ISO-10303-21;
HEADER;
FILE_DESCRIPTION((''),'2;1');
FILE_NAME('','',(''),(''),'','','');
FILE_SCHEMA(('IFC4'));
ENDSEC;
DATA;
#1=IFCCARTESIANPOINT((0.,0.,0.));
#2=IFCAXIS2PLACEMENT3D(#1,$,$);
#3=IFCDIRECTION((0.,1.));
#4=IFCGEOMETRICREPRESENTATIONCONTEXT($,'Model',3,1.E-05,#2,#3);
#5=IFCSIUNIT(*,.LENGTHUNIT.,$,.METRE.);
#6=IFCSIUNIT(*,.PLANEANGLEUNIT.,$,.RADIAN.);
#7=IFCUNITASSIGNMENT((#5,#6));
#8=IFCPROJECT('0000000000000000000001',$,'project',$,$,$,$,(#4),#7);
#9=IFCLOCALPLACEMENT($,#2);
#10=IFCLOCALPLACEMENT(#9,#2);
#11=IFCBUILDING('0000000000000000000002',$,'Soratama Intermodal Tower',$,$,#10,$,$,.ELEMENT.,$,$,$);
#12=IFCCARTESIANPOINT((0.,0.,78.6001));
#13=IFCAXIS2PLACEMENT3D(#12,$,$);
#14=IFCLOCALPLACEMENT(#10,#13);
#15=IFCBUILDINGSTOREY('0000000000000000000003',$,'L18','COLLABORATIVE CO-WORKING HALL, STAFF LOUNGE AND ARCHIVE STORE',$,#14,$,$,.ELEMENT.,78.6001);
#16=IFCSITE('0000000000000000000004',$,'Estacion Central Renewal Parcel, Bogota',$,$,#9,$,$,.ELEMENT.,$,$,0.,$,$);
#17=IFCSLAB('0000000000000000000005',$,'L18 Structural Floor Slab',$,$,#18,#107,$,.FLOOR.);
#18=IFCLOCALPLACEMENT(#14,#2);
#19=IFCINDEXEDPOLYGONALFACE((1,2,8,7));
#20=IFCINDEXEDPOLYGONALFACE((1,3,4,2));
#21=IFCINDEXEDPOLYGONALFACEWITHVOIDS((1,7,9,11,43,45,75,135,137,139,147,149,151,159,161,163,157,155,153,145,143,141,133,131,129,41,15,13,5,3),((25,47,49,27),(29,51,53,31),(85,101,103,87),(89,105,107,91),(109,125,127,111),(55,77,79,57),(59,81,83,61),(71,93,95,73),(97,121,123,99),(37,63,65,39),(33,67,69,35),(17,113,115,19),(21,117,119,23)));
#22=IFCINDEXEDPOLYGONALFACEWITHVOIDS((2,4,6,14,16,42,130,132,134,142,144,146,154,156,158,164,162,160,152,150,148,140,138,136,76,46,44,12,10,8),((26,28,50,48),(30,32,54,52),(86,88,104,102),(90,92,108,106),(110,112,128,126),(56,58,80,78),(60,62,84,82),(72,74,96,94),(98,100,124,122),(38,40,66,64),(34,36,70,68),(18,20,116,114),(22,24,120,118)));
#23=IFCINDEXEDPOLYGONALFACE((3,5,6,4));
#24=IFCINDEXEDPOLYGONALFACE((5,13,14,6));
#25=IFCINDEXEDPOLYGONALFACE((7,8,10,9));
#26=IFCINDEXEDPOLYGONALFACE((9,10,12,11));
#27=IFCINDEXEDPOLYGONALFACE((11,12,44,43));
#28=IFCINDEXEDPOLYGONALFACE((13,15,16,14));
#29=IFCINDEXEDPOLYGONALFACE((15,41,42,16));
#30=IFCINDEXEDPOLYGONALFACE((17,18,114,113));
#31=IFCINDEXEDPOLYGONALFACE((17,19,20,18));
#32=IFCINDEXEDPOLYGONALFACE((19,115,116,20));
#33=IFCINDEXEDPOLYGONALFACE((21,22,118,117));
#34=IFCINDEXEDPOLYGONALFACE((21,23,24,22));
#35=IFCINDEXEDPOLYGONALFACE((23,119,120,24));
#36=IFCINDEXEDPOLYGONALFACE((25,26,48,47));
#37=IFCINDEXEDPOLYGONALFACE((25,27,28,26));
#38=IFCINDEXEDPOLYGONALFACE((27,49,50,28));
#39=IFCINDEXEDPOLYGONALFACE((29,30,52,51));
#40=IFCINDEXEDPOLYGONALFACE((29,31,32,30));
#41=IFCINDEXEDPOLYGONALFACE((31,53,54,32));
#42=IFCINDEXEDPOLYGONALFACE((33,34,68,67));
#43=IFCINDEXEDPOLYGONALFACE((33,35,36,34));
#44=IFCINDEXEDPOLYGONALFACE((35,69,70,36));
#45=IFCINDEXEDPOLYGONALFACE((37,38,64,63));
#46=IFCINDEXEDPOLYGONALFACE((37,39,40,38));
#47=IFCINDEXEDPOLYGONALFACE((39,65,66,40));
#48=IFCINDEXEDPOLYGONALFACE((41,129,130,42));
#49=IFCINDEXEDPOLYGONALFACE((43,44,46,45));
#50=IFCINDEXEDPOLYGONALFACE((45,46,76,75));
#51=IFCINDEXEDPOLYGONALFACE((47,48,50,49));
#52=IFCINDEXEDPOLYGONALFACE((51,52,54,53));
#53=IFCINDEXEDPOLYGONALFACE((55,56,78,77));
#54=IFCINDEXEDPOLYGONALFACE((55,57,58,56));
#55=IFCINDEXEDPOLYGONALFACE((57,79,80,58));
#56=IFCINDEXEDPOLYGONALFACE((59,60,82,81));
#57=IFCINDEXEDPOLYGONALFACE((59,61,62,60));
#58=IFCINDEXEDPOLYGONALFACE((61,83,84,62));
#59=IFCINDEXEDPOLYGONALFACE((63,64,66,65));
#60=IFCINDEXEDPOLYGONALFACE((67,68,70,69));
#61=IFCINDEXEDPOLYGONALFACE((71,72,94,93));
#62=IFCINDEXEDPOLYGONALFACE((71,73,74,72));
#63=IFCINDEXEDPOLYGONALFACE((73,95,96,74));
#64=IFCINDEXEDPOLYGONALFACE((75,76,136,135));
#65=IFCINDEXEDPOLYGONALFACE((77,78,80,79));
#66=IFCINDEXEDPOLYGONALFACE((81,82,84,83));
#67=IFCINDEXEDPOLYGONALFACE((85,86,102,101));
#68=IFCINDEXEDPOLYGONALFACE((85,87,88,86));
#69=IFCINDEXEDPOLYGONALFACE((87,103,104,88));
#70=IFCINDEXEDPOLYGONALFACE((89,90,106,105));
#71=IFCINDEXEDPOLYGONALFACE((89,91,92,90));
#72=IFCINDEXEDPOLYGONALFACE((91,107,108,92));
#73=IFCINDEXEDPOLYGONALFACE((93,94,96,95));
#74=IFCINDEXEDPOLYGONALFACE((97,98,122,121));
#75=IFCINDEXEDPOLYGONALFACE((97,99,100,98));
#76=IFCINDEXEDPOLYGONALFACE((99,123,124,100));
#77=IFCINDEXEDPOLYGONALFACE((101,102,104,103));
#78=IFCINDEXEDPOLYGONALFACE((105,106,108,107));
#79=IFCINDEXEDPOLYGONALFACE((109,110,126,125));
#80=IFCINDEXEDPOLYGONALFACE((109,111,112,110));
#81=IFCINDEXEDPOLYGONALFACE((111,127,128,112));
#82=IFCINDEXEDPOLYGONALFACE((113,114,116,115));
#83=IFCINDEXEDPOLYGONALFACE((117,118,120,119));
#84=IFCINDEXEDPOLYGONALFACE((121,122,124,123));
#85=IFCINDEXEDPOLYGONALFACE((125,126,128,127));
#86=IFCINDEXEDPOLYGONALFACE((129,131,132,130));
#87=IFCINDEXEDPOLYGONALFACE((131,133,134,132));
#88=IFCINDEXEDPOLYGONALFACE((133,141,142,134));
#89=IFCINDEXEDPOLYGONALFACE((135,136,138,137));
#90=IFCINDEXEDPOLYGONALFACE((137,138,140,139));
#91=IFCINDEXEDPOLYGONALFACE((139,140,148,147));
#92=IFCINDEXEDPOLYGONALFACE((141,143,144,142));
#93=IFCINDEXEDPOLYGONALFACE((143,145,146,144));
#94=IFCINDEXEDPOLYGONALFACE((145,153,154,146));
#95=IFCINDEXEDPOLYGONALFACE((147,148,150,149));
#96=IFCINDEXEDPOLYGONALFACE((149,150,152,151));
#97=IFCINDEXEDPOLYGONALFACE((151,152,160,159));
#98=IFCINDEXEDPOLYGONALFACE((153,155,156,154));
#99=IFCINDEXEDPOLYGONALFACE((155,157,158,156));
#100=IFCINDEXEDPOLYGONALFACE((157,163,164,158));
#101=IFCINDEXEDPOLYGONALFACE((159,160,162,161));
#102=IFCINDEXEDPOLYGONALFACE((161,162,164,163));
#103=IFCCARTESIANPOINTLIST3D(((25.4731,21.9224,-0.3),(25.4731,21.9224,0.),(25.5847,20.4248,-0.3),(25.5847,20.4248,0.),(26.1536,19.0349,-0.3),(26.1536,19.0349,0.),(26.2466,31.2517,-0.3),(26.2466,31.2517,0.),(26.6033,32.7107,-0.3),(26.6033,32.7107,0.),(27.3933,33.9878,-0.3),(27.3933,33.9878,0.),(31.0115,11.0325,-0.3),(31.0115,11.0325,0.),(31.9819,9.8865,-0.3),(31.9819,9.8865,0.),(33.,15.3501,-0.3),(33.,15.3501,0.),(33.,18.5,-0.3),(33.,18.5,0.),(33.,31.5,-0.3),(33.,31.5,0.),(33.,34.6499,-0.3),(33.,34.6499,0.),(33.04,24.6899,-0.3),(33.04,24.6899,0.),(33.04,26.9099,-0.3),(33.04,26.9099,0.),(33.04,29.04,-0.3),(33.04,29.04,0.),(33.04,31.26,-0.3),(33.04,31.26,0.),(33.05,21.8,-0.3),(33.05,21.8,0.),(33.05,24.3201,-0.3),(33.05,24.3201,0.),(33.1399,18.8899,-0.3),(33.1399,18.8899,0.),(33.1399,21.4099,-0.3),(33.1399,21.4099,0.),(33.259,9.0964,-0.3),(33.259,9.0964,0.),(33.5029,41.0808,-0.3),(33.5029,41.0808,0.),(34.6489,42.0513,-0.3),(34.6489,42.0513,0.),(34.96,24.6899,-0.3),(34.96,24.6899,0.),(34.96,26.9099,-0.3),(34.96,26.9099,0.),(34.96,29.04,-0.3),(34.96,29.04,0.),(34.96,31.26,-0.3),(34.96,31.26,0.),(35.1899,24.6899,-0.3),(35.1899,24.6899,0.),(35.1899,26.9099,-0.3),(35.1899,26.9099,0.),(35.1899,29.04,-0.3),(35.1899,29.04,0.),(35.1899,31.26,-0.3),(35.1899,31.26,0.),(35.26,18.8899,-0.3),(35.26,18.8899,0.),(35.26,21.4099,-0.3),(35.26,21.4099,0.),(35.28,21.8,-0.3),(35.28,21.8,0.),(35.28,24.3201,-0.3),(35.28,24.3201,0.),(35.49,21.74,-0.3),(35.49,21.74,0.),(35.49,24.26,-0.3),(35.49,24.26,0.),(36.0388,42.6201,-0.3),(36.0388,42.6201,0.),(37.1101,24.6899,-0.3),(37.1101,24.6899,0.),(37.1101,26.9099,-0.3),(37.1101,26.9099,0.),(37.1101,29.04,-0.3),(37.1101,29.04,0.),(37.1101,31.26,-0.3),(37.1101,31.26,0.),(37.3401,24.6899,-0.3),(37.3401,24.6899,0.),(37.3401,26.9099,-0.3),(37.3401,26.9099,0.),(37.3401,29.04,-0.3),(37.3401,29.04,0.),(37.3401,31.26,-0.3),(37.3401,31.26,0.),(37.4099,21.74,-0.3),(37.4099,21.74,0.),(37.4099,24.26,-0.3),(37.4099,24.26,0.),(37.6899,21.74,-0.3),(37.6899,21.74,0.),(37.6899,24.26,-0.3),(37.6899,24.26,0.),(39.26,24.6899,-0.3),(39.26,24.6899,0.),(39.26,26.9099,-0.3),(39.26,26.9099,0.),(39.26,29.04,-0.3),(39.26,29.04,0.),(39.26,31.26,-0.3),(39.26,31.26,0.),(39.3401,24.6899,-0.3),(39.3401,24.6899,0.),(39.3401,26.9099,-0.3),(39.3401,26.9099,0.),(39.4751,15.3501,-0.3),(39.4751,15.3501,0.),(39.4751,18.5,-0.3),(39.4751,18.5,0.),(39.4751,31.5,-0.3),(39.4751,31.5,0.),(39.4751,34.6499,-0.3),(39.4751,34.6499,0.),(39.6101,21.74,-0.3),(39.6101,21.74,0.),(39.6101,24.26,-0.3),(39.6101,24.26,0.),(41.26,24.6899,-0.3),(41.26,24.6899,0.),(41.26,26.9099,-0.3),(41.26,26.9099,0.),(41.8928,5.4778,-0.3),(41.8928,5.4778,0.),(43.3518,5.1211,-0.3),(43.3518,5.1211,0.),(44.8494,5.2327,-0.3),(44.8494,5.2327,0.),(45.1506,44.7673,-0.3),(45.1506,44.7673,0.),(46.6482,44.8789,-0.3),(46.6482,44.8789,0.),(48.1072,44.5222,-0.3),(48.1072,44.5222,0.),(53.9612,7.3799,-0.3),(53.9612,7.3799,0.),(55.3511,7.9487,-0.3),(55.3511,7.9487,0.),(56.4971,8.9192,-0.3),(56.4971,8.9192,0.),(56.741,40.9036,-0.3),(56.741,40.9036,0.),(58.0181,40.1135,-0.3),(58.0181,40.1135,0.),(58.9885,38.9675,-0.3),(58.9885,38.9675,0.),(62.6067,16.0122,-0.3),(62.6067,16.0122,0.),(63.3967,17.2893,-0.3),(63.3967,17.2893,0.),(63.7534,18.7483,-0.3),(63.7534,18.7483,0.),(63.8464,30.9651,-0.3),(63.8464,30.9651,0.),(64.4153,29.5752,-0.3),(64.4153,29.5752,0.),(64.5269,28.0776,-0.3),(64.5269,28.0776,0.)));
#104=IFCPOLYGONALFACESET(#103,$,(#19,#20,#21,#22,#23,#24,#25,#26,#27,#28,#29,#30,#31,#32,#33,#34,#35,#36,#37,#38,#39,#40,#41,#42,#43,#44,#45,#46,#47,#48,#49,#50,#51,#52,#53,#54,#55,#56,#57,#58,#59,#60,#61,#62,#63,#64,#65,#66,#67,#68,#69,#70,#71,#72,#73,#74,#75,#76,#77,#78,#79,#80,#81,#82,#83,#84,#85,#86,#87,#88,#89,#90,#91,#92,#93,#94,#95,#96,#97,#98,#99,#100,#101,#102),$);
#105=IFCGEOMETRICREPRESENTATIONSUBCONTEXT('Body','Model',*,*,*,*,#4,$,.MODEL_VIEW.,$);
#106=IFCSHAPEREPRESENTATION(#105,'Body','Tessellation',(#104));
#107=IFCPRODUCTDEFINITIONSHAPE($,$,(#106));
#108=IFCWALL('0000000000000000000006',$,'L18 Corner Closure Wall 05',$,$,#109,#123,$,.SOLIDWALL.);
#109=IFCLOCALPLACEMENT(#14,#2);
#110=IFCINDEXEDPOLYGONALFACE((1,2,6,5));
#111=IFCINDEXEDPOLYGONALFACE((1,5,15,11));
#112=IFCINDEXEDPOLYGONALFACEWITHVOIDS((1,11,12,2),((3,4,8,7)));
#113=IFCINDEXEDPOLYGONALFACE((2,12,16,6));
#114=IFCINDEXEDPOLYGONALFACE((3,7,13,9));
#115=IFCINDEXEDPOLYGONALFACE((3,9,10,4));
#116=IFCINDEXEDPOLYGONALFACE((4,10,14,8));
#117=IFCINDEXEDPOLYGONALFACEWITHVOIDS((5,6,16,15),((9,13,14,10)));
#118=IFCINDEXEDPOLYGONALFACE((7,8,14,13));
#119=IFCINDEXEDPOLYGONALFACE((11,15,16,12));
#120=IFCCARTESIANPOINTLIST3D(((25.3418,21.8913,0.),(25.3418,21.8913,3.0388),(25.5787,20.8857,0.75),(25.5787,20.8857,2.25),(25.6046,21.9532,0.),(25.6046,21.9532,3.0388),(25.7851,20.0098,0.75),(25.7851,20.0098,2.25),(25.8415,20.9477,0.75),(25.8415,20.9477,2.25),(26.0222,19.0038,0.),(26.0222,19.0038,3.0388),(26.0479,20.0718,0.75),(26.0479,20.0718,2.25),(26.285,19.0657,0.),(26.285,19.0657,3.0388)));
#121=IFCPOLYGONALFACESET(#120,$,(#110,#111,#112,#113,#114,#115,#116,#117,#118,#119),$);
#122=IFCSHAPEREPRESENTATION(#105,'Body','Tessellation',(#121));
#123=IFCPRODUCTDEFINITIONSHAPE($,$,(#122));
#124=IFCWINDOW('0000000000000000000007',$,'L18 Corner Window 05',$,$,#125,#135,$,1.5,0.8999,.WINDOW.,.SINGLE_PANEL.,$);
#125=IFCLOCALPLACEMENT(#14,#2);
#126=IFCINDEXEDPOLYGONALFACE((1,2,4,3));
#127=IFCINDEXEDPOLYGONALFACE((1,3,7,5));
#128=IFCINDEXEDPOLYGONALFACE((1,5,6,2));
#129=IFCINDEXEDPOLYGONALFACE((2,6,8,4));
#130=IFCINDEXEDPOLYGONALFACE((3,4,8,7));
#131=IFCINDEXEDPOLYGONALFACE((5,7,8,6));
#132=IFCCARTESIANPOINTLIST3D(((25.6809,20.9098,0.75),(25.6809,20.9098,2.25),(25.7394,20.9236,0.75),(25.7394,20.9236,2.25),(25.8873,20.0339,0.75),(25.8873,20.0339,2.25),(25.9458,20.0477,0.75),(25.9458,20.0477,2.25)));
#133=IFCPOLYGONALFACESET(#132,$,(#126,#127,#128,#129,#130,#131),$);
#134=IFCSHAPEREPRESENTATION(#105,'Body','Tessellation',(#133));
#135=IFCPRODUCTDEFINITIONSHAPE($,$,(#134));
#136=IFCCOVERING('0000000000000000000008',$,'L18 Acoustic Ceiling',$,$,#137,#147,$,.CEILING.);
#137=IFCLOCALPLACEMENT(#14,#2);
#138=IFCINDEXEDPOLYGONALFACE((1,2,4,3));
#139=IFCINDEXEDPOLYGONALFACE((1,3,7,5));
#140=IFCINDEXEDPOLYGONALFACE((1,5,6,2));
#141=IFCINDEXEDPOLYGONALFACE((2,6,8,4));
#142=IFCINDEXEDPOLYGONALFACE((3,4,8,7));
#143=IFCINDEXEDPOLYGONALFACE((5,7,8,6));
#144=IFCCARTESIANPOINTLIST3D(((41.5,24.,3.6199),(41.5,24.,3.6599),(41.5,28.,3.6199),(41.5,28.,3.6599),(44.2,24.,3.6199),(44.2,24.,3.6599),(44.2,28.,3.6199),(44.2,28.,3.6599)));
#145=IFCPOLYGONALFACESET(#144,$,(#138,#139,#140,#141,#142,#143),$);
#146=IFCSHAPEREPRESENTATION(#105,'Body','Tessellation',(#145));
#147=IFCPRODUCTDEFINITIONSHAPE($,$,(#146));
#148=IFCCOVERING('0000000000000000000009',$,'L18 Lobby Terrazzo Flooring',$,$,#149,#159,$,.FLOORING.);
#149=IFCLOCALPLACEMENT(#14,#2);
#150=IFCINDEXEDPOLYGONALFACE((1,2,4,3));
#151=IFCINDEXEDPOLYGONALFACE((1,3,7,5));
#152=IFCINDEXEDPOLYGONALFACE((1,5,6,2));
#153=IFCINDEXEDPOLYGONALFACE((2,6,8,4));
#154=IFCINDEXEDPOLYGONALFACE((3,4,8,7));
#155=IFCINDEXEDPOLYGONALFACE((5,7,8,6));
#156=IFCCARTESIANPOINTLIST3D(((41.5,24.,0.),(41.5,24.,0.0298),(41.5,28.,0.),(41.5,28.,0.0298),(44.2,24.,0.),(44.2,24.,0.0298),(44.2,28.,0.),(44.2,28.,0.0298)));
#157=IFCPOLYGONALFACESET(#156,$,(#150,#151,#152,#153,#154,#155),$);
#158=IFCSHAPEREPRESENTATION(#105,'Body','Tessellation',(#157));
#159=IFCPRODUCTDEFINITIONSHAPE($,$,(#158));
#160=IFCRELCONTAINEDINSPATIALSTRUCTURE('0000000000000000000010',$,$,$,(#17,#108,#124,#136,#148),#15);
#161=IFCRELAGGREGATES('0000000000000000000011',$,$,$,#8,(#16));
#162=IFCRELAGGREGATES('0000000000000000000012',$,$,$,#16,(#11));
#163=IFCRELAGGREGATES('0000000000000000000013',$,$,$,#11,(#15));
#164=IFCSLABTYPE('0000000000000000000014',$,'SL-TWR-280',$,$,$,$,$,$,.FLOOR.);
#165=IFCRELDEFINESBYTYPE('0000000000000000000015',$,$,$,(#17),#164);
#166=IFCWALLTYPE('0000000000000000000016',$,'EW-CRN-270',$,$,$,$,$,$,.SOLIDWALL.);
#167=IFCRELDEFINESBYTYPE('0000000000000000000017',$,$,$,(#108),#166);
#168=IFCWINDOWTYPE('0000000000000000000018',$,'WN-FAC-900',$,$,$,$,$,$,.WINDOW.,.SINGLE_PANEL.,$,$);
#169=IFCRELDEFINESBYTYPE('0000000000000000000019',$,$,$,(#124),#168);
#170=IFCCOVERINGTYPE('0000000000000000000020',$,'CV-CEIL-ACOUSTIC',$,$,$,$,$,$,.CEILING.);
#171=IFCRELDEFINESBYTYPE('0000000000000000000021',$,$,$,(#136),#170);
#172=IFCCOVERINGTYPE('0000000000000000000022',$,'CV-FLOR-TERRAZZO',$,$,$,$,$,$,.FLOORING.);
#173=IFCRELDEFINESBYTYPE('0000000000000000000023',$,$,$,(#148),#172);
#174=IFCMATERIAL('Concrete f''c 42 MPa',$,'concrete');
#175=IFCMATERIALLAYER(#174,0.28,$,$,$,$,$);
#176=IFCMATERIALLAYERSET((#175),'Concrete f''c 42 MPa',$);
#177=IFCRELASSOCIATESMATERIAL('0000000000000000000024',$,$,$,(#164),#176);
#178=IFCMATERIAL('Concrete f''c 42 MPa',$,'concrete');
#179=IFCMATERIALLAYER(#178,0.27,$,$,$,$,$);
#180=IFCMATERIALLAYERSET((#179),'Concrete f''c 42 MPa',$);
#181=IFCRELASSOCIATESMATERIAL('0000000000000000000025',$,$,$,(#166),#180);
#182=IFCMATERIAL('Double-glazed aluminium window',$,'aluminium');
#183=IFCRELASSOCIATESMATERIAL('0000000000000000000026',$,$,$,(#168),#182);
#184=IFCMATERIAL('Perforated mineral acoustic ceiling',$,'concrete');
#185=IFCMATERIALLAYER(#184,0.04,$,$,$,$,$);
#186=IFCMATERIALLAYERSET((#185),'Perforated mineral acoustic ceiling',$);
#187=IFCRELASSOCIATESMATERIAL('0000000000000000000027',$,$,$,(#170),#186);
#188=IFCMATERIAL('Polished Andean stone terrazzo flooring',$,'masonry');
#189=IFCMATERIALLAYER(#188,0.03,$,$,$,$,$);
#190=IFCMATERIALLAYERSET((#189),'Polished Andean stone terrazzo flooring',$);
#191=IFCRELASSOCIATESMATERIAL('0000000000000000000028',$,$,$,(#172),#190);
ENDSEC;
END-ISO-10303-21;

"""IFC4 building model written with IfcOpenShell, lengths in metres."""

from ifc_helpers import new_model, si_unit, direction, frame, frame_2d, origin, place, context, subcontext, project, spatial, polyline, rectangle, outline, extrude, material, layer, layer_set, type_object, element, fill, save


model = new_model("IFC4")

# Units and contexts
model_context = context("Model", 3, precision=1e-05, world=origin(), true_north=direction((0.0, 1.0)))
body_context = subcontext(model_context, "Body", "Model", "MODEL_VIEW")
ifc_project = project(units=[si_unit("LENGTHUNIT", "METRE"), si_unit("PLANEANGLEUNIT", "RADIAN")], contexts=[model_context])

# Site, building, storey
site_placement = place(None, origin())
site = spatial("IfcSite", under=ifc_project, at=site_placement, Name="Estacion Central Renewal Parcel, Bogota", CompositionType="ELEMENT", RefElevation=0.0)
building_placement = place(site_placement, origin())
building = spatial("IfcBuilding", under=site, at=building_placement, Name="Soratama Intermodal Tower", CompositionType="ELEMENT")
storey_placement = place(building_placement, frame((0.0, 0.0, 78.6001)))
storey = spatial("IfcBuildingStorey", under=building, at=storey_placement, Name="L18", Description="COLLABORATIVE CO-WORKING HALL, STAFF LOUNGE AND ARCHIVE STORE", CompositionType="ELEMENT", Elevation=78.6001)

# Slab
ifc_material_1 = material(Name="Concrete f'c 42 MPa", Category="concrete")
ifc_layer_1 = layer(ifc_material_1, 0.28)
ifc_layer_set_1 = layer_set([ifc_layer_1], Name="Concrete f'c 42 MPa")
slab_type_1 = type_object("IfcSlabType", Name="SL-TWR-280", PredefinedType="FLOOR", material=ifc_layer_set_1)
slab_1_placement = place(storey_placement, frame((0.0, 0.0, -0.3)))
element("IfcSlab", 1, at=slab_1_placement, inside=storey, type_object=slab_type_1, Name="L18 Structural Floor Slab", PredefinedType="FLOOR", context=body_context, shape_type="SweptSolid", body=[
    extrude(outline(polyline([(64.5269, 28.0776), (64.4153, 29.5752), (63.8464, 30.9651), (58.9885, 38.9675), (58.0181, 40.1135), (56.741, 40.9036), (48.1072, 44.5222), (46.6482, 44.8789), (45.1506, 44.7673), (36.0388, 42.6201), (34.6489, 42.0513), (33.5029, 41.0808), (27.3933, 33.9878), (26.6033, 32.7107), (26.2466, 31.2517), (25.4731, 21.9224), (25.5847, 20.4248), (26.1536, 19.0349), (31.0115, 11.0325), (31.9819, 9.8865), (33.259, 9.0964), (41.8928, 5.4778), (43.3518, 5.1211), (44.8494, 5.2327), (53.9612, 7.3799), (55.3511, 7.9487), (56.4971, 8.9192), (62.6067, 16.0122), (63.3967, 17.2893), (63.7534, 18.7483), (64.5269, 28.0776)]), holes=[polyline([(33.0, 18.5), (33.0, 15.3501), (39.4751, 15.3501), (39.4751, 18.5), (33.0, 18.5)]), polyline([(35.26, 18.8899), (35.26, 21.4099), (33.1399, 21.4099), (33.1399, 18.8899), (35.26, 18.8899)]), polyline([(33.05, 21.8), (35.28, 21.8), (35.28, 24.3201), (33.05, 24.3201), (33.05, 21.8)]), polyline([(34.96, 26.9099), (33.04, 26.9099), (33.04, 24.6899), (34.96, 24.6899), (34.96, 26.9099)]), polyline([(37.1101, 24.6899), (37.1101, 26.9099), (35.1899, 26.9099), (35.1899, 24.6899), (37.1101, 24.6899)]), polyline([(34.96, 29.04), (34.96, 31.26), (33.04, 31.26), (33.04, 29.04), (34.96, 29.04)]), polyline([(37.1101, 31.26), (35.1899, 31.26), (35.1899, 29.04), (37.1101, 29.04), (37.1101, 31.26)]), polyline([(37.4099, 21.74), (37.4099, 24.26), (35.49, 24.26), (35.49, 21.74), (37.4099, 21.74)]), polyline([(39.6101, 21.74), (39.6101, 24.26), (37.6899, 24.26), (37.6899, 21.74), (39.6101, 21.74)]), polyline([(39.26, 24.6899), (39.26, 26.9099), (37.3401, 26.9099), (37.3401, 24.6899), (39.26, 24.6899)]), polyline([(41.26, 24.6899), (41.26, 26.9099), (39.3401, 26.9099), (39.3401, 24.6899), (41.26, 24.6899)]), polyline([(39.26, 29.04), (39.26, 31.26), (37.3401, 31.26), (37.3401, 29.04), (39.26, 29.04)]), polyline([(39.4751, 34.6499), (33.0, 34.6499), (33.0, 31.5), (39.4751, 31.5), (39.4751, 34.6499)])]), origin(), (0.0, 0.0, 1.0), 0.3),
])

# Wall, opening, window
ifc_material_2 = material(Name="Concrete f'c 42 MPa", Category="concrete")
ifc_layer_2 = layer(ifc_material_2, 0.27)
ifc_layer_set_2 = layer_set([ifc_layer_2], Name="Concrete f'c 42 MPa")
wall_type = type_object("IfcWallType", Name="EW-CRN-270", PredefinedType="SOLIDWALL", material=ifc_layer_set_2)
wall_placement = place(storey_placement, frame((25.4731, 21.9224, 0.0), z_axis=(0.0, 0.0, 1.0), x_axis=(0.229365, -0.97334, 0.0)))
wall = element("IfcWall", 2, at=wall_placement, inside=storey, type_object=wall_type, Name="L18 Corner Closure Wall 05", PredefinedType="SOLIDWALL", context=body_context, shape_type="SweptSolid", body=[
    extrude(rectangle(XDim=2.9666, YDim=0.27, at=frame_2d((1.4834, 0.0))), origin(), (0.0, 0.0, 1.0), 3.0388),
])
opening_placement = place(wall_placement, frame((1.0332, 0.0, 0.75)))
opening = element("IfcOpeningElement", 3, at=opening_placement, cuts=wall, PredefinedType="OPENING", context=body_context, shape_type="SweptSolid", body=[
    extrude(rectangle(XDim=0.8999, YDim=1.5, at=frame_2d((0.45, 0.75))), frame((0.0, 0.145, 0.0), z_axis=(0.0, -1.0, 0.0), x_axis=(1.0, 0.0, 0.0)), (0.0, 0.0, 1.0), 0.29),
])
ifc_material_3 = material(Name="Double-glazed aluminium window", Category="aluminium")
window_type = type_object("IfcWindowType", Name="WN-FAC-900", PartitioningType="SINGLE_PANEL", PredefinedType="WINDOW", material=ifc_material_3)
window_placement = place(opening_placement, origin())
window = element("IfcWindow", 4, at=window_placement, inside=storey, type_object=window_type, Name="L18 Corner Window 05", OverallHeight=1.5, OverallWidth=0.8999, PartitioningType="SINGLE_PANEL", PredefinedType="WINDOW", context=body_context, shape_type="SweptSolid", body=[
    extrude(rectangle(XDim=0.8999, YDim=1.5, at=frame_2d((0.45, 0.75))), frame((0.0, 0.03, 0.0), z_axis=(0.0, -1.0, 0.0), x_axis=(1.0, 0.0, 0.0)), (0.0, 0.0, 1.0), 0.0601),
])
fill(opening, window)

# Coverings
ifc_material_4 = material(Name="Perforated mineral acoustic ceiling", Category="concrete")
ifc_layer_3 = layer(ifc_material_4, 0.04)
ifc_layer_set_3 = layer_set([ifc_layer_3], Name="Perforated mineral acoustic ceiling")
covering_type_1 = type_object("IfcCoveringType", Name="CV-CEIL-ACOUSTIC", PredefinedType="CEILING", material=ifc_layer_set_3)
covering_1_placement = place(storey_placement, frame((0.0, 0.0, 3.6199)))
element("IfcCovering", 5, at=covering_1_placement, inside=storey, type_object=covering_type_1, Name="L18 Acoustic Ceiling", PredefinedType="CEILING", context=body_context, shape_type="SweptSolid", body=[
    extrude(outline(polyline([(41.5, 24.0), (44.2, 24.0), (44.2, 28.0), (41.5, 28.0), (41.5, 24.0)])), origin(), (0.0, 0.0, 1.0), 0.04),
])
ifc_material_5 = material(Name="Polished Andean stone terrazzo flooring", Category="masonry")
ifc_layer_4 = layer(ifc_material_5, 0.03)
ifc_layer_set_4 = layer_set([ifc_layer_4], Name="Polished Andean stone terrazzo flooring")
covering_type_2 = type_object("IfcCoveringType", Name="CV-FLOR-TERRAZZO", PredefinedType="FLOORING", material=ifc_layer_set_4)
covering_2_placement = place(storey_placement, origin())
element("IfcCovering", 6, at=covering_2_placement, inside=storey, type_object=covering_type_2, Name="L18 Lobby Terrazzo Flooring", PredefinedType="FLOORING", context=body_context, shape_type="SweptSolid", body=[
    extrude(outline(polyline([(41.5, 24.0), (44.2, 24.0), (44.2, 28.0), (41.5, 28.0), (41.5, 24.0)])), origin(), (0.0, 0.0, 1.0), 0.0298),
])

save(model, "model.ifc")
